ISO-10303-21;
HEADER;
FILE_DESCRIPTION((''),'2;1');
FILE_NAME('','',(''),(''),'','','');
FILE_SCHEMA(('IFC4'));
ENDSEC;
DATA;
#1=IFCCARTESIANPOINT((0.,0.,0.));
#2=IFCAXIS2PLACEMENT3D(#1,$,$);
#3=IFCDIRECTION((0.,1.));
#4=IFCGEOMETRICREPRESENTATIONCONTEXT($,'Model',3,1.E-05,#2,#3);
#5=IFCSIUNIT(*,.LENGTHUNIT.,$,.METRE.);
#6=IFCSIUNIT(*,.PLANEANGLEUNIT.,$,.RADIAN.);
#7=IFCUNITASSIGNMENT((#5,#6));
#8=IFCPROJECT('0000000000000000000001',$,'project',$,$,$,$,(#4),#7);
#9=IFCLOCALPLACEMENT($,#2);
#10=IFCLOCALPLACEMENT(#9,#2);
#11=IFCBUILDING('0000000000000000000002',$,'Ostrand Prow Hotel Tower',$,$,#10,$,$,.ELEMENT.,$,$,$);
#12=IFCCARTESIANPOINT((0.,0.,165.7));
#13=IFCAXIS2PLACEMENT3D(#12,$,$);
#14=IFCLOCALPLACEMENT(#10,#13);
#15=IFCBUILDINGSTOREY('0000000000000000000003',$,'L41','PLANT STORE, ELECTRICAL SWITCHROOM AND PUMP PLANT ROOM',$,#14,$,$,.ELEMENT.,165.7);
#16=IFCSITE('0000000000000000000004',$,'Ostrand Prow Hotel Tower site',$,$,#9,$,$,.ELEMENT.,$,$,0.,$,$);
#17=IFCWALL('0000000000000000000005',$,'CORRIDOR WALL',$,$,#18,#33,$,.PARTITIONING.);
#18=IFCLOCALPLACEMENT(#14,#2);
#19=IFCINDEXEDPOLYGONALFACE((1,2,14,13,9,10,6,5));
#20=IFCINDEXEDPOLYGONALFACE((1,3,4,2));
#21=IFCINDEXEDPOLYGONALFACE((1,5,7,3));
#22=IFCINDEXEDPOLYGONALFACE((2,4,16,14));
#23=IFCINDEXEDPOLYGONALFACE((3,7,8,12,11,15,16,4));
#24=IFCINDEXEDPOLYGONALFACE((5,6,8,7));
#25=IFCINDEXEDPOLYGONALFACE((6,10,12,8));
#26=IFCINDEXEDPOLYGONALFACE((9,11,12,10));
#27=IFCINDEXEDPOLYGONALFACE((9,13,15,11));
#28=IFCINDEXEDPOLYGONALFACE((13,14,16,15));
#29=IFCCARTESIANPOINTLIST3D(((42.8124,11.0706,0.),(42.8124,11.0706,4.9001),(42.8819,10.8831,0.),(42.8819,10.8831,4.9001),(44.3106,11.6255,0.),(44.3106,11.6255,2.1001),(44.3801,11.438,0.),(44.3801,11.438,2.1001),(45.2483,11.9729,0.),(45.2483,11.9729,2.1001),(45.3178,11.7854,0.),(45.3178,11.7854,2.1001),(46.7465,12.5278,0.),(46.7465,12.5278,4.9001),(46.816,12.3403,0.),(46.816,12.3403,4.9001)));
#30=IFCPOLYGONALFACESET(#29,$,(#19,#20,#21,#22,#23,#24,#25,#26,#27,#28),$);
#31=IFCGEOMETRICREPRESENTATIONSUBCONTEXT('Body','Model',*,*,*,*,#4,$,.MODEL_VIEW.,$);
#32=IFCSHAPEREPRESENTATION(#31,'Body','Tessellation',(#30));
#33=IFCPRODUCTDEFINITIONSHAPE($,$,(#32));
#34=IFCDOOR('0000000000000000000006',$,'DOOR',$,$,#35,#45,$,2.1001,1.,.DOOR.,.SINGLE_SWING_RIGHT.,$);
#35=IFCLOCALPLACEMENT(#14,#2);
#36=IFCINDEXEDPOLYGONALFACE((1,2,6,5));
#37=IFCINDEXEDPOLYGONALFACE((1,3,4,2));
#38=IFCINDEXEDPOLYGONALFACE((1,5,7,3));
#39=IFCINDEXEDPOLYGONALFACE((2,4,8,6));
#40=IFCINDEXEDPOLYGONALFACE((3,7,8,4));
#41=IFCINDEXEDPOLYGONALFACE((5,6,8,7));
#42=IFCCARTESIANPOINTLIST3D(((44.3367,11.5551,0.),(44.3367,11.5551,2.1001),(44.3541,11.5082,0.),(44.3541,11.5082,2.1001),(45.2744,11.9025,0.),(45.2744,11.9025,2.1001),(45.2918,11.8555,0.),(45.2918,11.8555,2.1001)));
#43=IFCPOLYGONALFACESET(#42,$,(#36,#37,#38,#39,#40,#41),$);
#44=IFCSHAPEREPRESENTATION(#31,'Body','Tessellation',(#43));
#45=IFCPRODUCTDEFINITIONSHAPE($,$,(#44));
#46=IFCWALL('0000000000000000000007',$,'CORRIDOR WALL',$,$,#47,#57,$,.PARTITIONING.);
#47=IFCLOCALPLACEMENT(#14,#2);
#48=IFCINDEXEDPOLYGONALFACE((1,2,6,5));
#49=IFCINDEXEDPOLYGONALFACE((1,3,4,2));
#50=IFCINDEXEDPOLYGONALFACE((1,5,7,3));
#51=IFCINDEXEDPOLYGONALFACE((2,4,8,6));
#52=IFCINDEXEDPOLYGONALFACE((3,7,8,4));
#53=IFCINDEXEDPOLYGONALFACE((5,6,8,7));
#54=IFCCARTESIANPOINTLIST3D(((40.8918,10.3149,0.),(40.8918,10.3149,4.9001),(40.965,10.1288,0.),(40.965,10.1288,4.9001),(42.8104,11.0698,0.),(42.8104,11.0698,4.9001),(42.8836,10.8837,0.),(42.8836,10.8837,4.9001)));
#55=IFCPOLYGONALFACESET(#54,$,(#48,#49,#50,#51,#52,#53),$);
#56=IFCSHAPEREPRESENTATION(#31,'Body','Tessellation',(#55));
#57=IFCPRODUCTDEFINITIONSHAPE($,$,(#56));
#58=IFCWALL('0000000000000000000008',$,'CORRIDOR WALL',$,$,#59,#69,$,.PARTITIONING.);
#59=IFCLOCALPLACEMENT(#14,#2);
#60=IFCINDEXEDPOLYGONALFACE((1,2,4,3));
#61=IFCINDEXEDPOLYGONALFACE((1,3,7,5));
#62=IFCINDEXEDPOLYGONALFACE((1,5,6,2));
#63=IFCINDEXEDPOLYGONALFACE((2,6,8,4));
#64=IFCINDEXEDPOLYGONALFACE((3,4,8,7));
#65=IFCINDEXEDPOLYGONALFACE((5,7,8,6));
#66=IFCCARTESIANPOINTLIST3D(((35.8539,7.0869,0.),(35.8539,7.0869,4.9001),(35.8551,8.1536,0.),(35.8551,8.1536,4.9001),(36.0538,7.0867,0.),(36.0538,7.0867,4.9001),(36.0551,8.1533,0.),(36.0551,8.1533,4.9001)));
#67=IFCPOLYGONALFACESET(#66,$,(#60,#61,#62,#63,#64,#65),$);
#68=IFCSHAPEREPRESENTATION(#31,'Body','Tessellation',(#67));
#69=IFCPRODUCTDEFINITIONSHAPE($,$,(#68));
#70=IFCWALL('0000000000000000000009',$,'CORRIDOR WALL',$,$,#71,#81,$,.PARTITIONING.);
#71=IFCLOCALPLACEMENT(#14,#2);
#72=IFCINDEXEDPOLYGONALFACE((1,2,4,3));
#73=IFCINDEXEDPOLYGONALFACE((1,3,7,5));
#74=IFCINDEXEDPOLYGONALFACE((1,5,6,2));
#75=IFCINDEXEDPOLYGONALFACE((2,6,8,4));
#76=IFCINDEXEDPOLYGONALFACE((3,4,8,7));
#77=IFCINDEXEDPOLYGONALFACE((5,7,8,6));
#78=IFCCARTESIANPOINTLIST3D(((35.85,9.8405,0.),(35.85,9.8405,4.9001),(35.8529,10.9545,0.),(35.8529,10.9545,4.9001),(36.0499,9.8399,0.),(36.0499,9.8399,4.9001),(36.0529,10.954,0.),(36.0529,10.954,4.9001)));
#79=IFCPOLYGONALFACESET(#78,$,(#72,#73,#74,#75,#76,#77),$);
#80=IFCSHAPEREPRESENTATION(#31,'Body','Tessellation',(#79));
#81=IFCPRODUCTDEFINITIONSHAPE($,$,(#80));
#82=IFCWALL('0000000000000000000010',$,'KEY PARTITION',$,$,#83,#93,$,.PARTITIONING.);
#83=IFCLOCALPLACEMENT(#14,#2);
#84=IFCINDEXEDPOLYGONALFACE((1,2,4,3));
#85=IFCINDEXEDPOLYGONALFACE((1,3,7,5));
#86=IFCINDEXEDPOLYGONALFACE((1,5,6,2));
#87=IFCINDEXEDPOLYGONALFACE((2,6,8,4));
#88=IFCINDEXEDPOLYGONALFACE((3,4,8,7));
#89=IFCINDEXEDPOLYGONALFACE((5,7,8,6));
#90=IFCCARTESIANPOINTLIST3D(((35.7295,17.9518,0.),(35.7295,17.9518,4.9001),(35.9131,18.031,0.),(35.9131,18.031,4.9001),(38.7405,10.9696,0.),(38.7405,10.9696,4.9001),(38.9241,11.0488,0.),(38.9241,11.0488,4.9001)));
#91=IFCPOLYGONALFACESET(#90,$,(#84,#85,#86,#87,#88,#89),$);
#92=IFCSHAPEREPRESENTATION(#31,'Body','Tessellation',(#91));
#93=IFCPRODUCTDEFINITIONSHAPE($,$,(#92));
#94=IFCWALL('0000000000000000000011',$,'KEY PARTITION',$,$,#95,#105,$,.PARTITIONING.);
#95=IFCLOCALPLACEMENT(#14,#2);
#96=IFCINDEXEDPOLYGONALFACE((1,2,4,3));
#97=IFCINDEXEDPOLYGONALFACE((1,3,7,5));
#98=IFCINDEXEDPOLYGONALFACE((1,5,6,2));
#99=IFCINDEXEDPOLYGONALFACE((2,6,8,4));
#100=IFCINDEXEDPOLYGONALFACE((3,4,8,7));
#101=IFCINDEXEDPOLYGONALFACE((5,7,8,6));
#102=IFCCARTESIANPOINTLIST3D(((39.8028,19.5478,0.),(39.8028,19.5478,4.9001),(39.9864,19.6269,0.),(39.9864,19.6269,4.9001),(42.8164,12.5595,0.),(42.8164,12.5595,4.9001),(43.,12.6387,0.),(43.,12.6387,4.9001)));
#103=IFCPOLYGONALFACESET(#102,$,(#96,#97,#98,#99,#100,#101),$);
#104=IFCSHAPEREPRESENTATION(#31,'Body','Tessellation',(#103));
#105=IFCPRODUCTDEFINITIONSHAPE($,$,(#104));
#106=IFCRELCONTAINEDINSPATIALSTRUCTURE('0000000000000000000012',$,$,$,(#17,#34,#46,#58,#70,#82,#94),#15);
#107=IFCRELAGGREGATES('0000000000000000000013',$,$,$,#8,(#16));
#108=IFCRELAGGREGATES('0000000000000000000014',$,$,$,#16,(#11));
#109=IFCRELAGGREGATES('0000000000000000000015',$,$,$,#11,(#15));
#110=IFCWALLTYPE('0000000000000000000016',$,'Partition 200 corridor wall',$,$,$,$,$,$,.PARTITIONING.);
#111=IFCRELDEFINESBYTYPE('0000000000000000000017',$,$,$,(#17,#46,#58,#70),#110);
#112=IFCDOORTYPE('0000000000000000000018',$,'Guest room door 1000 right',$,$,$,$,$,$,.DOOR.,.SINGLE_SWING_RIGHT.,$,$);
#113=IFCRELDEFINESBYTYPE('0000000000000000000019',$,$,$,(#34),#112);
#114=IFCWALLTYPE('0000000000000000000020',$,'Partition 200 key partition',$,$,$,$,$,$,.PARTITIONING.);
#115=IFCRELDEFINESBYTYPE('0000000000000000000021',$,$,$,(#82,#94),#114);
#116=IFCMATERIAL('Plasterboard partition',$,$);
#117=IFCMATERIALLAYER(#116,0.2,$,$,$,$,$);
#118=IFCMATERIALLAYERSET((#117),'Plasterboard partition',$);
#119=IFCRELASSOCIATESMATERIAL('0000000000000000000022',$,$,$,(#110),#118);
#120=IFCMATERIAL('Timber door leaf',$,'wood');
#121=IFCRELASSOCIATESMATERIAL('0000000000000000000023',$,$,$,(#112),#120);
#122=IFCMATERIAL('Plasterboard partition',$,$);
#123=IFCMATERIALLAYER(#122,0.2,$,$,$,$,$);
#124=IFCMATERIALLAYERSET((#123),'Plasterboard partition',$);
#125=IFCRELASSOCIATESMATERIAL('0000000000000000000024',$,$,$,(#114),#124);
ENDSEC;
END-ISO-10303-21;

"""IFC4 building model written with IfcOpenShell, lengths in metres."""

from ifc_helpers import new_model, si_unit, direction, frame, frame_2d, origin, place, context, subcontext, project, spatial, rectangle, extrude, material, layer, layer_set, type_object, element, fill, save


model = new_model("IFC4")

# Units and contexts
model_context = context("Model", 3, precision=1e-05, world=origin(), true_north=direction((0.0, 1.0)))
body_context = subcontext(model_context, "Body", "Model", "MODEL_VIEW")
ifc_project = project(units=[si_unit("LENGTHUNIT", "METRE"), si_unit("PLANEANGLEUNIT", "RADIAN")], contexts=[model_context])

# Site, building, storey
site_placement = place(None, origin())
site = spatial("IfcSite", under=ifc_project, at=site_placement, Name="Ostrand Prow Hotel Tower site", CompositionType="ELEMENT", RefElevation=0.0)
building_placement = place(site_placement, origin())
building = spatial("IfcBuilding", under=site, at=building_placement, Name="Ostrand Prow Hotel Tower", CompositionType="ELEMENT")
storey_placement = place(building_placement, frame((0.0, 0.0, 165.7)))
storey = spatial("IfcBuildingStorey", under=building, at=storey_placement, Name="L41", Description="PLANT STORE, ELECTRICAL SWITCHROOM AND PUMP PLANT ROOM", CompositionType="ELEMENT", Elevation=165.7)

# Shared definitions
ifc_material_1 = material(Name="Plasterboard partition")
ifc_layer_1 = layer(ifc_material_1, 0.2)
ifc_layer_set_1 = layer_set([ifc_layer_1], Name="Plasterboard partition")
wall_type_1 = type_object("IfcWallType", Name="Partition 200 corridor wall", PredefinedType="PARTITIONING", material=ifc_layer_set_1)
ifc_material_2 = material(Name="Timber door leaf", Category="wood")
door_type_1 = type_object("IfcDoorType", Name="Guest room door 1000 right", OperationType="SINGLE_SWING_RIGHT", PredefinedType="DOOR", material=ifc_material_2)

# Wall, opening, door
wall_1_placement = place(storey_placement, frame((42.8472, 10.9768, 0.0), z_axis=(0.0, 0.0, 1.0), x_axis=(0.937733, 0.347358, 0.0)))
wall_1 = element("IfcWall", 1, at=wall_1_placement, inside=storey, type_object=wall_type_1, Name="CORRIDOR WALL", PredefinedType="PARTITIONING", context=body_context, shape_type="SweptSolid", body=[
    extrude(rectangle(XDim=4.1953, YDim=0.2, at=frame_2d((2.0977, 0.0))), origin(), (0.0, 0.0, 1.0), 4.9001),
])
opening_1_placement = place(wall_1_placement, frame((1.5977, 0.0, 0.0)))
opening_1 = element("IfcOpeningElement", 2, at=opening_1_placement, cuts=wall_1, PredefinedType="OPENING", context=body_context, shape_type="SweptSolid", body=[
    extrude(rectangle(XDim=1.0, YDim=2.1001, at=frame_2d((0.5, 1.05))), frame((0.0, 0.1099, 0.0), z_axis=(0.0, -1.0, 0.0), x_axis=(1.0, 0.0, 0.0)), (0.0, 0.0, 1.0), 0.22),
])
door_1_placement = place(opening_1_placement, origin())
door_1 = element("IfcDoor", 3, at=door_1_placement, inside=storey, type_object=door_type_1, Name="DOOR", OperationType="SINGLE_SWING_RIGHT", OverallHeight=2.1001, OverallWidth=1.0, PredefinedType="DOOR", context=body_context, shape_type="SweptSolid", body=[
    extrude(rectangle(XDim=1.0, YDim=2.1001, at=frame_2d((0.5, 1.05))), frame((0.0, 0.0249, 0.0), z_axis=(0.0, -1.0, 0.0), x_axis=(1.0, 0.0, 0.0)), (0.0, 0.0, 1.0), 0.05),
])
fill(opening_1, door_1)

# Walls
wall_2_placement = place(storey_placement, frame((40.9285, 10.2219, 0.0), z_axis=(0.0, 0.0, 1.0), x_axis=(0.930569, 0.366118, 0.0)))
element("IfcWall", 4, at=wall_2_placement, inside=storey, type_object=wall_type_1, Name="CORRIDOR WALL", PredefinedType="PARTITIONING", context=body_context, shape_type="SweptSolid", body=[
    extrude(rectangle(XDim=2.0618, YDim=0.2, at=frame_2d((1.0308, 0.0))), origin(), (0.0, 0.0, 1.0), 4.9001),
])
wall_3_placement = place(storey_placement, frame((35.9539, 7.0869, 0.0), z_axis=(0.0, 0.0, 1.0), x_axis=(0.001144, 0.999999, 0.0)))
element("IfcWall", 5, at=wall_3_placement, inside=storey, type_object=wall_type_1, Name="CORRIDOR WALL", PredefinedType="PARTITIONING", context=body_context, shape_type="SweptSolid", body=[
    extrude(rectangle(XDim=1.0667, YDim=0.2, at=frame_2d((0.5332, 0.0))), origin(), (0.0, 0.0, 1.0), 4.9001),
])
wall_4_placement = place(storey_placement, frame((35.95, 9.8401, 0.0), z_axis=(0.0, 0.0, 1.0), x_axis=(0.00263, 0.999997, 0.0)))
element("IfcWall", 6, at=wall_4_placement, inside=storey, type_object=wall_type_1, Name="CORRIDOR WALL", PredefinedType="PARTITIONING", context=body_context, shape_type="SweptSolid", body=[
    extrude(rectangle(XDim=1.114, YDim=0.2, at=frame_2d((0.5571, 0.0))), origin(), (0.0, 0.0, 1.0), 4.9001),
])
ifc_material_3 = material(Name="Plasterboard partition")
ifc_layer_2 = layer(ifc_material_3, 0.2)
ifc_layer_set_2 = layer_set([ifc_layer_2], Name="Plasterboard partition")
wall_type_2 = type_object("IfcWallType", Name="Partition 200 key partition", PredefinedType="PARTITIONING", material=ifc_layer_set_2)
wall_5_placement = place(storey_placement, frame((38.8323, 11.0093, 0.0), z_axis=(0.0, 0.0, 1.0), x_axis=(-0.395988, 0.918256, 0.0)))
element("IfcWall", 7, at=wall_5_placement, inside=storey, type_object=wall_type_2, Name="KEY PARTITION", PredefinedType="PARTITIONING", context=body_context, shape_type="SweptSolid", body=[
    extrude(rectangle(XDim=7.6038, YDim=0.2, at=frame_2d((3.8018, 0.0))), origin(), (0.0, 0.0, 1.0), 4.9001),
])
wall_6_placement = place(storey_placement, frame((42.9082, 12.5991, 0.0), z_axis=(0.0, 0.0, 1.0), x_axis=(-0.395994, 0.918253, 0.0)))
element("IfcWall", 8, at=wall_6_placement, inside=storey, type_object=wall_type_2, Name="KEY PARTITION", PredefinedType="PARTITIONING", context=body_context, shape_type="SweptSolid", body=[
    extrude(rectangle(XDim=7.6104, YDim=0.2, at=frame_2d((3.8052, 0.0))), origin(), (0.0, 0.0, 1.0), 4.9001),
])

save(model, "model.ifc")
